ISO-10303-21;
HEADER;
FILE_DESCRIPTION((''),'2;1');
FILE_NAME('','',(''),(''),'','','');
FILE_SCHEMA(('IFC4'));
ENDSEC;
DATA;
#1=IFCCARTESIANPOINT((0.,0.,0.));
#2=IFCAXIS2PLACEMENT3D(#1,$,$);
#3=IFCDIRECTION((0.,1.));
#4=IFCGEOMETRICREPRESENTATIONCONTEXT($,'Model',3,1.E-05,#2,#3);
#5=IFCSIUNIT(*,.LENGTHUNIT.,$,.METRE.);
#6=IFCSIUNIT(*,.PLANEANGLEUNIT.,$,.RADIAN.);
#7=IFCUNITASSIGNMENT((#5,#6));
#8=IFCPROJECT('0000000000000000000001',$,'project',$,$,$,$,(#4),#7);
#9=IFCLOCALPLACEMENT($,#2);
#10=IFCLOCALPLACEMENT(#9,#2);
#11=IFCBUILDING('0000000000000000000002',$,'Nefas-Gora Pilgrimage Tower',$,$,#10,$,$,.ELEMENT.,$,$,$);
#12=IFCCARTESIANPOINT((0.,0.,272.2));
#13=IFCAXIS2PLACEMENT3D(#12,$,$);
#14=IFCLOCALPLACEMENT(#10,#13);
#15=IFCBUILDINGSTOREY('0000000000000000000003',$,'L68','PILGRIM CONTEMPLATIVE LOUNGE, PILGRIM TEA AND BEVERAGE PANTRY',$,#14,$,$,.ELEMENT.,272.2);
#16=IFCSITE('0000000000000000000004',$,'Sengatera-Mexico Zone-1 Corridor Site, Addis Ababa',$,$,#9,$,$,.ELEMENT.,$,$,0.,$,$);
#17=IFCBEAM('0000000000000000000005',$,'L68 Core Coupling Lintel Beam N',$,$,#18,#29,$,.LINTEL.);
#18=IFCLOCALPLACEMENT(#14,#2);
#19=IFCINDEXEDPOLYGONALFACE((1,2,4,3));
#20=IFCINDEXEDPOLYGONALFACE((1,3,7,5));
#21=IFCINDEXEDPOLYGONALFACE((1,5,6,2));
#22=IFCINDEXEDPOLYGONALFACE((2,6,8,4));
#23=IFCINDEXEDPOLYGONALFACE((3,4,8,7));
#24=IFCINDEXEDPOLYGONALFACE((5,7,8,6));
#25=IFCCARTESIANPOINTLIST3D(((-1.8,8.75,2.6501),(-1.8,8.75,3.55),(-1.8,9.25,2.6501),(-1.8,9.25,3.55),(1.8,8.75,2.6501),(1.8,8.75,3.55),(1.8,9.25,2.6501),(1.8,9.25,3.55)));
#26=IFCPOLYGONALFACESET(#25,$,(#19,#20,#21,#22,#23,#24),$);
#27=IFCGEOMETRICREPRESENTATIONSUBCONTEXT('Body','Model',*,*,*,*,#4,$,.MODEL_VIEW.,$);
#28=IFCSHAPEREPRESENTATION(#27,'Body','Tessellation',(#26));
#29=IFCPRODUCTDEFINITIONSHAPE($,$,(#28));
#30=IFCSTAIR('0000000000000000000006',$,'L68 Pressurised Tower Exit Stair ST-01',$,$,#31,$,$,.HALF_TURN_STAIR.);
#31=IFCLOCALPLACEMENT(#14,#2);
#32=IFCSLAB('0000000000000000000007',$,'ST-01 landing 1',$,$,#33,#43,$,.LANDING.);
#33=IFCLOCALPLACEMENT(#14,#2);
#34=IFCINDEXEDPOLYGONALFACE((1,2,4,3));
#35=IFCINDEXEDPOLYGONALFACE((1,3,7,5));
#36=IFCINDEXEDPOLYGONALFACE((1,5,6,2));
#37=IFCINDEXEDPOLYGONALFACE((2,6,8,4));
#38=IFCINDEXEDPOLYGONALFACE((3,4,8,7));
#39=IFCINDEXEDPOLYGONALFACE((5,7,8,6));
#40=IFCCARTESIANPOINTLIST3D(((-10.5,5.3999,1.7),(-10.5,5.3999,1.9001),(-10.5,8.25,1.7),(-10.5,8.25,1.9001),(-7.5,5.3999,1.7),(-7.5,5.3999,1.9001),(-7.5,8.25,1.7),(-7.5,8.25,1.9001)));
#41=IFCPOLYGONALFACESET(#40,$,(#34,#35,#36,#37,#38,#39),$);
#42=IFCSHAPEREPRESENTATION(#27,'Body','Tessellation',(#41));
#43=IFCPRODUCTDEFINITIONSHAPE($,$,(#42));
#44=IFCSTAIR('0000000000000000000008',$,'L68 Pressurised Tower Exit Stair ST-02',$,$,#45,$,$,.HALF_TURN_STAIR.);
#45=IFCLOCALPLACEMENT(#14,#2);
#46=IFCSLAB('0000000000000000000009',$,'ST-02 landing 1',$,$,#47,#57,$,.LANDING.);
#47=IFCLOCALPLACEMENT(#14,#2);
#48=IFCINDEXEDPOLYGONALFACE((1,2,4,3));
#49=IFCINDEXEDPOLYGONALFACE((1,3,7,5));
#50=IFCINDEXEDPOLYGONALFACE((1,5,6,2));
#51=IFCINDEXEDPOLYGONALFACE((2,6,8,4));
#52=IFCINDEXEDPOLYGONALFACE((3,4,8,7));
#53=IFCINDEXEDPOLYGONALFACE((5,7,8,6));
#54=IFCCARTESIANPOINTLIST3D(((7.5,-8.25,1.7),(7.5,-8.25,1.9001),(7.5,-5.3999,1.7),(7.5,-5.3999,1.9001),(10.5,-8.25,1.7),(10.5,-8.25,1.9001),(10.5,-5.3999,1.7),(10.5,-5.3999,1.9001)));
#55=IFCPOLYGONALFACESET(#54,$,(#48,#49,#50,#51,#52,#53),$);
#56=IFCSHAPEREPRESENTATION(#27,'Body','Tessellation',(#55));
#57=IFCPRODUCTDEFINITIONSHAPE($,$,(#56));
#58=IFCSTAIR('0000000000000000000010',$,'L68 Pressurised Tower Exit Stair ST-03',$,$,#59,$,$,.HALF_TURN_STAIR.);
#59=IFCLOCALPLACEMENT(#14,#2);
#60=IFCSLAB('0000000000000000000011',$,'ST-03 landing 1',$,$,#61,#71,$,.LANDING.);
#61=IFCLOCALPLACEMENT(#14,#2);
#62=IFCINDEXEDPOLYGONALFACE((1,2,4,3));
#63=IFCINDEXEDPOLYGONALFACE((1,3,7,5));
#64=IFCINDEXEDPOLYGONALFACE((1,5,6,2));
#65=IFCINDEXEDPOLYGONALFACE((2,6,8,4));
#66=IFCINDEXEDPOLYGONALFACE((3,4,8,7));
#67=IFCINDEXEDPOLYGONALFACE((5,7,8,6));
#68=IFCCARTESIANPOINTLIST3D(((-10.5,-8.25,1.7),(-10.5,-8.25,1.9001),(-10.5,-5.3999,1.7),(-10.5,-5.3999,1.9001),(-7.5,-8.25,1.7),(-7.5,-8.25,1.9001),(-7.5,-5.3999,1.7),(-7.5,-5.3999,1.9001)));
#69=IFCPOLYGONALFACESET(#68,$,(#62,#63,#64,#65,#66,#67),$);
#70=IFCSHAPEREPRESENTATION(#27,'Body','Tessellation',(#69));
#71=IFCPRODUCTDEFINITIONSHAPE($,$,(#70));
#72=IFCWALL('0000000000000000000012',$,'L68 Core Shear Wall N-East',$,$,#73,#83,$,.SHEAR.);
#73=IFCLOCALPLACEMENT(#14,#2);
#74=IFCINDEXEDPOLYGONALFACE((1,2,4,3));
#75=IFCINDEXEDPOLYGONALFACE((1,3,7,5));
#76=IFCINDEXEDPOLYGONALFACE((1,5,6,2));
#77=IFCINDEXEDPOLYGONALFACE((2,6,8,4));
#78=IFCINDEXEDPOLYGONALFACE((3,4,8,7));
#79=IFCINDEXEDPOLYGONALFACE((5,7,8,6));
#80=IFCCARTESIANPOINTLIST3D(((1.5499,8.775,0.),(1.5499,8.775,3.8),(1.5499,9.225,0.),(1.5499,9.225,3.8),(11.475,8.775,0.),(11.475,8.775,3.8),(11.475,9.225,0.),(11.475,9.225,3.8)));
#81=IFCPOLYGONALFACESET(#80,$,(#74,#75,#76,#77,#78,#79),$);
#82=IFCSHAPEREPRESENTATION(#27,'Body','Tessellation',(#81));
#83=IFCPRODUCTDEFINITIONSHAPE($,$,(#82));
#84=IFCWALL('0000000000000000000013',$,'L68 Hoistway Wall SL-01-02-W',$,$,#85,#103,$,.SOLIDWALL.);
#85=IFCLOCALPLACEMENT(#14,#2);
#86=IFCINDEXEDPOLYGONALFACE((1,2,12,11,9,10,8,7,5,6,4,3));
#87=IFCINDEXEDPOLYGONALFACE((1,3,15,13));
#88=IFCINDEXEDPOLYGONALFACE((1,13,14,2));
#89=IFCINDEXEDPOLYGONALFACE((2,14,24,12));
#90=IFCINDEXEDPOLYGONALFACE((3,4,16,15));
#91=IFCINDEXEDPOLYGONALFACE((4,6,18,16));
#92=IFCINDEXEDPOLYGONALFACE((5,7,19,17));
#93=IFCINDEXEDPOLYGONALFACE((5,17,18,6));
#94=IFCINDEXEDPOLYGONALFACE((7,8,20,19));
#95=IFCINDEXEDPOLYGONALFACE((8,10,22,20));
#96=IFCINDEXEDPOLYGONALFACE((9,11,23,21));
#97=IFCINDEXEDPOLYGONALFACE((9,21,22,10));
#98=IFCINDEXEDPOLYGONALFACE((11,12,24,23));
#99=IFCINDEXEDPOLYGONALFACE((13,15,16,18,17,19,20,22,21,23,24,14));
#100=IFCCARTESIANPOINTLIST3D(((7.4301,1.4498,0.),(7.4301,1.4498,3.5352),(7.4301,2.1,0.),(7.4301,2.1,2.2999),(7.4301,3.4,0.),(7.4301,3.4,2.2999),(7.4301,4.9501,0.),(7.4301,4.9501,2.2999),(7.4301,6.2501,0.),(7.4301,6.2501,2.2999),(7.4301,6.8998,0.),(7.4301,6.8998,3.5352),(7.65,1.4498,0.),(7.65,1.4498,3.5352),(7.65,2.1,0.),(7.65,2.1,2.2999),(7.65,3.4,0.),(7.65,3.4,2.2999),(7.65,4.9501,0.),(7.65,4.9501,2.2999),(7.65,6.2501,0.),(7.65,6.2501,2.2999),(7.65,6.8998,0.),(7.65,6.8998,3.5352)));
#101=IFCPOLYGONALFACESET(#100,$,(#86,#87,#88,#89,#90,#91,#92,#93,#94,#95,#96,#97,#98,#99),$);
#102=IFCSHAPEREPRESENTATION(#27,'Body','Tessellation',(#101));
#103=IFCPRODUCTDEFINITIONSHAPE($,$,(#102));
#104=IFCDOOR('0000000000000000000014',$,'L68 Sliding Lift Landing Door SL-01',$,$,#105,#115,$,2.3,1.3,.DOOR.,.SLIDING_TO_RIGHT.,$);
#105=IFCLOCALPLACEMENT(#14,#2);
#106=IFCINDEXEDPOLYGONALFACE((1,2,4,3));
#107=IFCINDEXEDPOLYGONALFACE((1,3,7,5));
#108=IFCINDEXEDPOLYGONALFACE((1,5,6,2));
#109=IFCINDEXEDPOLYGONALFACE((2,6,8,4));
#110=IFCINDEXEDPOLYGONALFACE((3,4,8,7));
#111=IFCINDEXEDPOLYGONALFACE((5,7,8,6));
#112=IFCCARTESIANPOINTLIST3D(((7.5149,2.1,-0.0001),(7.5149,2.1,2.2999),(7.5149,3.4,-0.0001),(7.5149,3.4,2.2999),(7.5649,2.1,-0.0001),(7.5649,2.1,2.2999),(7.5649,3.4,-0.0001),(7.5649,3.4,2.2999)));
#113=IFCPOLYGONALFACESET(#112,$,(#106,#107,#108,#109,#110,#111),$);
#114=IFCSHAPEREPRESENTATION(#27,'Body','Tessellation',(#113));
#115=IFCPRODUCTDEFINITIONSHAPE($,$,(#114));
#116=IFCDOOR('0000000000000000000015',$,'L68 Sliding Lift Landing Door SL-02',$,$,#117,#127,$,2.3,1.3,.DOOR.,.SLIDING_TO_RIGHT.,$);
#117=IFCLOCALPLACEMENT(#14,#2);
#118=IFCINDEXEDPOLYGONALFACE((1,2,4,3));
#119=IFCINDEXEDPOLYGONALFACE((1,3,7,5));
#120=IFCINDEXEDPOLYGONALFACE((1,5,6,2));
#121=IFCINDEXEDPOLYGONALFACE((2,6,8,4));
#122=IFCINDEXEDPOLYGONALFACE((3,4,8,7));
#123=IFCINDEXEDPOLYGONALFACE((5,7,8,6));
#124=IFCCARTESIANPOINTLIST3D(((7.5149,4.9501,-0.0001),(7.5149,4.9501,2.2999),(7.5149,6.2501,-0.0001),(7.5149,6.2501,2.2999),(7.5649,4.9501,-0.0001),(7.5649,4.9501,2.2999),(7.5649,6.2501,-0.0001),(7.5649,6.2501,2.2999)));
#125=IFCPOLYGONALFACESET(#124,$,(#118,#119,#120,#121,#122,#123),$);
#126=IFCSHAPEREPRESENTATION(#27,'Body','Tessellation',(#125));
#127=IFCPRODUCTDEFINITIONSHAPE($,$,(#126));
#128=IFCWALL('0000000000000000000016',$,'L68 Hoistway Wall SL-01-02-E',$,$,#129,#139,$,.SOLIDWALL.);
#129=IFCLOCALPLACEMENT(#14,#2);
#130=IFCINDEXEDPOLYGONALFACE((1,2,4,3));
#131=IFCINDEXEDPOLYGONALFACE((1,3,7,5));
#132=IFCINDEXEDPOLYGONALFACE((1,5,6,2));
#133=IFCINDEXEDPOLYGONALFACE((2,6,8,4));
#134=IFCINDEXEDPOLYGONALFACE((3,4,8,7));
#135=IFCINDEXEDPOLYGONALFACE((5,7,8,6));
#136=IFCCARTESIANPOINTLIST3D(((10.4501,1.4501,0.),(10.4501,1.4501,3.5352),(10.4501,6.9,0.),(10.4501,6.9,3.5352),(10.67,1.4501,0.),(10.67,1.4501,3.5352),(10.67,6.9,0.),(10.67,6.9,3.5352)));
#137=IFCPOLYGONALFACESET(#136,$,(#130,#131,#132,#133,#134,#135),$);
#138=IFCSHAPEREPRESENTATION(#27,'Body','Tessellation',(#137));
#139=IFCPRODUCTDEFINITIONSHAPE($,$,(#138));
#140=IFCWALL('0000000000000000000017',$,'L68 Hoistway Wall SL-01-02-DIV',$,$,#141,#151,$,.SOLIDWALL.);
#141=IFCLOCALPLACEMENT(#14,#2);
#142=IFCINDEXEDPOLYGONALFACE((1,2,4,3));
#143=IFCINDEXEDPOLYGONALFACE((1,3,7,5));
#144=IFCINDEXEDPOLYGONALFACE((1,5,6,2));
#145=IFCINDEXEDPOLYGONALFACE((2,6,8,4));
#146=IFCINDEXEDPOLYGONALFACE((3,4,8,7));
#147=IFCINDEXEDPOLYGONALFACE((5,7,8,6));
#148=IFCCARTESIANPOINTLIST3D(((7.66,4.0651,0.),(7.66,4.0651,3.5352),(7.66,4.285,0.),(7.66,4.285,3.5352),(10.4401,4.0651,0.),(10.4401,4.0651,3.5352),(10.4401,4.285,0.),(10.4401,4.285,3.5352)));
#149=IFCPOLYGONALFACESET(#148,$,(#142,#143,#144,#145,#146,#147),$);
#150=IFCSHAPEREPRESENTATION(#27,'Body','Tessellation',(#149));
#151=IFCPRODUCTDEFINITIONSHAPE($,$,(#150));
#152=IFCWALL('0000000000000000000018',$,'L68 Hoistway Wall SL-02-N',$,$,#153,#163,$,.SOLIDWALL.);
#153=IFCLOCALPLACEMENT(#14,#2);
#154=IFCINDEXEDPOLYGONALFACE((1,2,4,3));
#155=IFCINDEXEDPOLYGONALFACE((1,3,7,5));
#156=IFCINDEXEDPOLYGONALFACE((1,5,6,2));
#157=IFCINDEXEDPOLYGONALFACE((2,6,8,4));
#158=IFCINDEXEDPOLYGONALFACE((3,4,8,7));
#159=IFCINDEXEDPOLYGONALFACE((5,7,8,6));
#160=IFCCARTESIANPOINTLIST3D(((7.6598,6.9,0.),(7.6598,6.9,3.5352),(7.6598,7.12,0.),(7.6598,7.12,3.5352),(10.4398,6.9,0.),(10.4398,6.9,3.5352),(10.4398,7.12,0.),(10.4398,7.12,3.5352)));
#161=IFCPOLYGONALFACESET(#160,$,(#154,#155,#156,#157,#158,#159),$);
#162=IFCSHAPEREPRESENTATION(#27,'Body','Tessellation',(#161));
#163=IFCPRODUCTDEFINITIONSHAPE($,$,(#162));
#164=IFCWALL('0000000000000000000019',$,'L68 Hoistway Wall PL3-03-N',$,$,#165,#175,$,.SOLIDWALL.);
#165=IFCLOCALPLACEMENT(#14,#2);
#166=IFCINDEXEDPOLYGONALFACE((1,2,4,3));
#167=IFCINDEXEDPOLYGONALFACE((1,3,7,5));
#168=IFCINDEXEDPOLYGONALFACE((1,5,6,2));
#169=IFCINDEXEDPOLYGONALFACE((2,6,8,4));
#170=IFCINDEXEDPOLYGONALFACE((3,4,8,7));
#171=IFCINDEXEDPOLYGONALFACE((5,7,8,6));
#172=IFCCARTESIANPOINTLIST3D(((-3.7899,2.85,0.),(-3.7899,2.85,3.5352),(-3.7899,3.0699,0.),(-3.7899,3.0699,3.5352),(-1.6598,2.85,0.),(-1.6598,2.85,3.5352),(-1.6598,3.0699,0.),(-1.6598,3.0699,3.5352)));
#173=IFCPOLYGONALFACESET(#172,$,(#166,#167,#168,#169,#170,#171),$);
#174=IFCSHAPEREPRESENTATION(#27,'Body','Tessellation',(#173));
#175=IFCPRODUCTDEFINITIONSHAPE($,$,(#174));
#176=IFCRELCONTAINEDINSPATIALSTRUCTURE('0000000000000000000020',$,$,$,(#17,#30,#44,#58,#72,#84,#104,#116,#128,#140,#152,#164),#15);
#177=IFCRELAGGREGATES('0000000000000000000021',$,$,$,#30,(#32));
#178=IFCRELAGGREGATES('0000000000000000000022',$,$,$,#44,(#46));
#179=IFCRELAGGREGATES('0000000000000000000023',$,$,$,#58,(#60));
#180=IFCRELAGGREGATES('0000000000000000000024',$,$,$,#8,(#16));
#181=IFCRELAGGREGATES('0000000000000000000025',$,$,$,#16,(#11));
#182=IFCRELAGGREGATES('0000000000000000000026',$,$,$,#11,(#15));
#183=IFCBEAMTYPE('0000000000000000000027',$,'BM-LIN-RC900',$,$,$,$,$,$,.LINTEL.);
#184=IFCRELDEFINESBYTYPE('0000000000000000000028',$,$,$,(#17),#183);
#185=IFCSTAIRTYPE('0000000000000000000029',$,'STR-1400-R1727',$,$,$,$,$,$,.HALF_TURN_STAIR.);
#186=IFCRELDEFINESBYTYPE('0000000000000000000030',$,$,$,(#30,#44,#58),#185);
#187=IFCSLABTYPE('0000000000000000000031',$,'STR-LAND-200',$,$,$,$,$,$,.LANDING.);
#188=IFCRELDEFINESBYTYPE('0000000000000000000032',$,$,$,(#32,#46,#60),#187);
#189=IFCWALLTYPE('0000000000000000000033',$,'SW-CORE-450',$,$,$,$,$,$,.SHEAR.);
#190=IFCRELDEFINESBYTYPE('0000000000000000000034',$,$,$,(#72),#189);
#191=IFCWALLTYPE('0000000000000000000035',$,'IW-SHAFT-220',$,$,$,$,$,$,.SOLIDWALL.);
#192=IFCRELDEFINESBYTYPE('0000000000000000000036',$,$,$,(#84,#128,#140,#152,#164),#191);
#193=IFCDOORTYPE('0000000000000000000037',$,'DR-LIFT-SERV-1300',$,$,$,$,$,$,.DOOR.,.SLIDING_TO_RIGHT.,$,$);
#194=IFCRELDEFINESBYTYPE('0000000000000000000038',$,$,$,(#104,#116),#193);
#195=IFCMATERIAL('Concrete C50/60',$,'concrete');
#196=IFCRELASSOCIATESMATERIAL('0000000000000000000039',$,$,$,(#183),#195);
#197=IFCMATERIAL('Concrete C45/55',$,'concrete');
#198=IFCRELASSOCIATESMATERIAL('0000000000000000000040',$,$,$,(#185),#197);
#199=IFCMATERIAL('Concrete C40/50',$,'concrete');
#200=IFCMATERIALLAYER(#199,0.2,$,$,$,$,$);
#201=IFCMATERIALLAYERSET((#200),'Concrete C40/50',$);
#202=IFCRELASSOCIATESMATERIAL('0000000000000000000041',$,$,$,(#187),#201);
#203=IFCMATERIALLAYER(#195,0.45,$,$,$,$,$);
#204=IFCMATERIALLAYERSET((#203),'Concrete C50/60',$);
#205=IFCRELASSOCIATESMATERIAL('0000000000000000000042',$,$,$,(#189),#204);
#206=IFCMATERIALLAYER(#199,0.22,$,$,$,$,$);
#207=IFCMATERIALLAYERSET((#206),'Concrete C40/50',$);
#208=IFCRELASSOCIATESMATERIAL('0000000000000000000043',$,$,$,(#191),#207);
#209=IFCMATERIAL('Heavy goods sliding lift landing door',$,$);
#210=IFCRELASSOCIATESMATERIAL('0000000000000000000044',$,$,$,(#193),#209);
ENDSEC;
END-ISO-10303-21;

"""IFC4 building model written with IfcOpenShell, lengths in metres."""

from ifc_helpers import new_model, si_unit, direction, frame, frame_2d, origin, origin_2d, place, context, subcontext, project, spatial, polyline, rectangle, outline, extrude, source, transform, mapped, material, layer, layer_set, material_profile, profile_set, type_object, element, fill, aggregate, save


model = new_model("IFC4")

# Units and contexts
model_context = context("Model", 3, precision=1e-05, world=origin(), true_north=direction((0.0, 1.0)))
body_context = subcontext(model_context, "Body", "Model", "MODEL_VIEW")
ifc_project = project(units=[si_unit("LENGTHUNIT", "METRE"), si_unit("PLANEANGLEUNIT", "RADIAN")], contexts=[model_context])

# Site, building, storey
site_placement = place(None, origin())
site = spatial("IfcSite", under=ifc_project, at=site_placement, Name="Sengatera-Mexico Zone-1 Corridor Site, Addis Ababa", CompositionType="ELEMENT", RefElevation=0.0)
building_placement = place(site_placement, origin())
building = spatial("IfcBuilding", under=site, at=building_placement, Name="Nefas-Gora Pilgrimage Tower", CompositionType="ELEMENT")
storey_placement = place(building_placement, frame((0.0, 0.0, 272.2)))
storey = spatial("IfcBuildingStorey", under=building, at=storey_placement, Name="L68", Description="PILGRIM CONTEMPLATIVE LOUNGE, PILGRIM TEA AND BEVERAGE PANTRY", CompositionType="ELEMENT", Elevation=272.2)

# Beam
ifc_material_1 = material(Name="Concrete C50/60", Category="concrete")
ifc_material_profile = material_profile(ifc_material_1, rectangle(XDim=0.5, YDim=0.8999, at=origin_2d()), Name="RC 500x900")
ifc_profile_set = profile_set([ifc_material_profile], Name="Concrete C50/60")
beam_type = type_object("IfcBeamType", Name="BM-LIN-RC900", PredefinedType="LINTEL", material=ifc_profile_set)
shared_shape_1 = source(origin(), body_context, "Body", "SweptSolid", [
    extrude(rectangle(XDim=0.5, YDim=0.8999, at=origin_2d()), origin(), (0.0, 0.0, 1.0), 3.6001),
])
beam_placement = place(storey_placement, frame((-1.8, 9.0, 3.1001), z_axis=(1.0, 0.0, 0.0), x_axis=(0.0, 1.0, 0.0)))
element("IfcBeam", 1, at=beam_placement, inside=storey, type_object=beam_type, Name="L68 Core Coupling Lintel Beam N", PredefinedType="LINTEL", context=body_context, shape_type="MappedRepresentation", body=[
    mapped(shared_shape_1, transform((0.0, 0.0, 0.0), x_axis=(1.0, 0.0, 0.0), y_axis=(0.0, 1.0, 0.0), z_axis=(0.0, 0.0, 1.0), scale=1.0)),
])

# Stairs, slabs
ifc_material_2 = material(Name="Concrete C45/55", Category="concrete")
stair_type = type_object("IfcStairType", Name="STR-1400-R1727", PredefinedType="HALF_TURN_STAIR", material=ifc_material_2)
stair_1_placement = place(storey_placement, origin())
stair_1 = element("IfcStair", 2, at=stair_1_placement, inside=storey, type_object=stair_type, Name="L68 Pressurised Tower Exit Stair ST-01", PredefinedType="HALF_TURN_STAIR")
ifc_material_3 = material(Name="Concrete C40/50", Category="concrete")
ifc_layer_1 = layer(ifc_material_3, 0.2)
ifc_layer_set_1 = layer_set([ifc_layer_1], Name="Concrete C40/50")
slab_type = type_object("IfcSlabType", Name="STR-LAND-200", PredefinedType="LANDING", material=ifc_layer_set_1)
slab_1_placement = place(storey_placement, frame((0.0, 0.0, 1.7)))
slab_1 = element("IfcSlab", 3, at=slab_1_placement, type_object=slab_type, Name="ST-01 landing 1", PredefinedType="LANDING", context=body_context, shape_type="SweptSolid", body=[
    extrude(outline(polyline([(-7.5, 5.3999), (-7.5, 8.25), (-10.5, 8.25), (-10.5, 5.3999), (-7.5, 5.3999)])), origin(), (0.0, 0.0, 1.0), 0.2002),
])
aggregate(stair_1, [slab_1])
stair_2_placement = place(storey_placement, origin())
stair_2 = element("IfcStair", 4, at=stair_2_placement, inside=storey, type_object=stair_type, Name="L68 Pressurised Tower Exit Stair ST-02", PredefinedType="HALF_TURN_STAIR")
slab_2_placement = place(storey_placement, frame((0.0, 0.0, 1.7)))
slab_2 = element("IfcSlab", 5, at=slab_2_placement, type_object=slab_type, Name="ST-02 landing 1", PredefinedType="LANDING", context=body_context, shape_type="SweptSolid", body=[
    extrude(outline(polyline([(7.5, -5.3999), (7.5, -8.25), (10.5, -8.25), (10.5, -5.3999), (7.5, -5.3999)])), origin(), (0.0, 0.0, 1.0), 0.2002),
])
aggregate(stair_2, [slab_2])
stair_3_placement = place(storey_placement, origin())
stair_3 = element("IfcStair", 6, at=stair_3_placement, inside=storey, type_object=stair_type, Name="L68 Pressurised Tower Exit Stair ST-03", PredefinedType="HALF_TURN_STAIR")
slab_3_placement = place(storey_placement, frame((0.0, 0.0, 1.7)))
slab_3 = element("IfcSlab", 7, at=slab_3_placement, type_object=slab_type, Name="ST-03 landing 1", PredefinedType="LANDING", context=body_context, shape_type="SweptSolid", body=[
    extrude(outline(polyline([(-10.5, -5.3999), (-10.5, -8.25), (-7.5, -8.25), (-7.5, -5.3999), (-10.5, -5.3999)])), origin(), (0.0, 0.0, 1.0), 0.2002),
])
aggregate(stair_3, [slab_3])

# Wall
ifc_layer_2 = layer(ifc_material_1, 0.45)
ifc_layer_set_2 = layer_set([ifc_layer_2], Name="Concrete C50/60")
wall_type_1 = type_object("IfcWallType", Name="SW-CORE-450", PredefinedType="SHEAR", material=ifc_layer_set_2)
shared_shape_2 = source(origin(), body_context, "Body", "SweptSolid", [
    extrude(rectangle(XDim=9.925, YDim=0.45, at=frame_2d((4.9624, 0.0))), origin(), (0.0, 0.0, 1.0), 3.8),
])
wall_1_placement = place(storey_placement, frame((1.55, 9.0, 0.0), z_axis=(0.0, 0.0, 1.0), x_axis=(1.0, 0.0, 0.0)))
element("IfcWall", 8, at=wall_1_placement, inside=storey, type_object=wall_type_1, Name="L68 Core Shear Wall N-East", PredefinedType="SHEAR", context=body_context, shape_type="MappedRepresentation", body=[
    mapped(shared_shape_2, transform((0.0, 0.0, 0.0), x_axis=(1.0, 0.0, 0.0), y_axis=(0.0, 1.0, 0.0), z_axis=(0.0, 0.0, 1.0), scale=1.0)),
])

# Wall, openings, doors
ifc_layer_3 = layer(ifc_material_3, 0.22)
ifc_layer_set_3 = layer_set([ifc_layer_3], Name="Concrete C40/50")
wall_type_2 = type_object("IfcWallType", Name="IW-SHAFT-220", PredefinedType="SOLIDWALL", material=ifc_layer_set_3)
shared_shape_3 = source(origin(), body_context, "Body", "SweptSolid", [
    extrude(rectangle(XDim=5.45, YDim=0.22, at=frame_2d((2.7251, 0.0))), origin(), (0.0, 0.0, 1.0), 3.5352),
])
wall_2_placement = place(storey_placement, frame((7.54, 6.8999, 0.0), z_axis=(0.0, 0.0, 1.0), x_axis=(0.0, -1.0, 0.0)))
wall_2 = element("IfcWall", 9, at=wall_2_placement, inside=storey, type_object=wall_type_2, Name="L68 Hoistway Wall SL-01-02-W", PredefinedType="SOLIDWALL", context=body_context, shape_type="MappedRepresentation", body=[
    mapped(shared_shape_3, transform((0.0, 0.0, 0.0), x_axis=(1.0, 0.0, 0.0), y_axis=(0.0, 1.0, 0.0), z_axis=(0.0, 0.0, 1.0), scale=1.0)),
])
opening_1_placement = place(wall_2_placement, frame((3.5, 0.0, 0.0)))
opening_1 = element("IfcOpeningElement", 10, at=opening_1_placement, cuts=wall_2, PredefinedType="OPENING", context=body_context, shape_type="SweptSolid", body=[
    extrude(rectangle(XDim=1.3, YDim=2.3, at=frame_2d((0.6499, 1.1499))), frame((0.0, 0.1199, 0.0), z_axis=(0.0, -1.0, 0.0), x_axis=(1.0, 0.0, 0.0)), (0.0, 0.0, 1.0), 0.24),
])
opening_2_placement = place(wall_2_placement, frame((0.6499, 0.0, 0.0)))
opening_2 = element("IfcOpeningElement", 11, at=opening_2_placement, cuts=wall_2, PredefinedType="OPENING", context=body_context, shape_type="SweptSolid", body=[
    extrude(rectangle(XDim=1.3, YDim=2.3, at=frame_2d((0.6499, 1.1499))), frame((0.0, 0.1199, 0.0), z_axis=(0.0, -1.0, 0.0), x_axis=(1.0, 0.0, 0.0)), (0.0, 0.0, 1.0), 0.24),
])
ifc_material_4 = material(Name="Heavy goods sliding lift landing door")
door_type_1 = type_object("IfcDoorType", Name="DR-LIFT-SERV-1300", OperationType="SLIDING_TO_RIGHT", PredefinedType="DOOR", material=ifc_material_4)
shared_shape_4 = source(origin(), body_context, "Body", "SweptSolid", [
    extrude(rectangle(XDim=1.3, YDim=2.3, at=frame_2d((0.6499, 1.1499))), frame((0.0, 0.0249, 0.0), z_axis=(0.0, -1.0, 0.0), x_axis=(1.0, 0.0, 0.0)), (0.0, 0.0, 1.0), 0.05),
])
door_1_placement = place(opening_1_placement, origin())
door_1 = element("IfcDoor", 12, at=door_1_placement, inside=storey, type_object=door_type_1, Name="L68 Sliding Lift Landing Door SL-01", OperationType="SLIDING_TO_RIGHT", OverallHeight=2.3, OverallWidth=1.3, PredefinedType="DOOR", context=body_context, shape_type="MappedRepresentation", body=[
    mapped(shared_shape_4, transform((0.0, 0.0, 0.0), x_axis=(1.0, 0.0, 0.0), y_axis=(0.0, 1.0, 0.0), z_axis=(0.0, 0.0, 1.0), scale=1.0)),
])
fill(opening_1, door_1)
door_2_placement = place(opening_2_placement, origin())
door_2 = element("IfcDoor", 13, at=door_2_placement, inside=storey, type_object=door_type_1, Name="L68 Sliding Lift Landing Door SL-02", OperationType="SLIDING_TO_RIGHT", OverallHeight=2.3, OverallWidth=1.3, PredefinedType="DOOR", context=body_context, shape_type="MappedRepresentation", body=[
    mapped(shared_shape_4, transform((0.0, 0.0, 0.0), x_axis=(1.0, 0.0, 0.0), y_axis=(0.0, 1.0, 0.0), z_axis=(0.0, 0.0, 1.0), scale=1.0)),
])
fill(opening_2, door_2)

# Walls
wall_3_placement = place(storey_placement, frame((10.5601, 1.45, 0.0), z_axis=(0.0, 0.0, 1.0), x_axis=(0.0, 1.0, 0.0)))
element("IfcWall", 14, at=wall_3_placement, inside=storey, type_object=wall_type_2, Name="L68 Hoistway Wall SL-01-02-E", PredefinedType="SOLIDWALL", context=body_context, shape_type="MappedRepresentation", body=[
    mapped(shared_shape_3, transform((0.0, 0.0, 0.0), x_axis=(1.0, 0.0, 0.0), y_axis=(0.0, 1.0, 0.0), z_axis=(0.0, 0.0, 1.0), scale=1.0)),
])
shared_shape_5 = source(origin(), body_context, "Body", "SweptSolid", [
    extrude(rectangle(XDim=2.78, YDim=0.22, at=frame_2d((1.3901, 0.0))), origin(), (0.0, 0.0, 1.0), 3.5352),
])
for number, where, z_axis, x_axis, name in (
    (15, (7.6599, 4.175, 0.0), (0.0, 0.0, 1.0), (1.0, 0.0, 0.0), "L68 Hoistway Wall SL-01-02-DIV"),
    (16, (10.4399, 7.01, 0.0), (0.0, 0.0, 1.0), (-1.0, 0.0, 0.0), "L68 Hoistway Wall SL-02-N"),
):
    element("IfcWall", number, at=place(storey_placement, frame(where, z_axis=z_axis, x_axis=x_axis)), inside=storey, type_object=wall_type_2, Name=name, PredefinedType="SOLIDWALL", context=body_context, shape_type="MappedRepresentation", body=[
        mapped(shared_shape_5, transform((0.0, 0.0, 0.0), x_axis=(1.0, 0.0, 0.0), y_axis=(0.0, 1.0, 0.0), z_axis=(0.0, 0.0, 1.0), scale=1.0)),
    ])
shared_shape_6 = source(origin(), body_context, "Body", "SweptSolid", [
    extrude(rectangle(XDim=2.1301, YDim=0.22, at=frame_2d((1.0649, 0.0))), origin(), (0.0, 0.0, 1.0), 3.5352),
])
for number, where, z_axis, x_axis, name in (
    (17, (-1.6599, 2.96, 0.0), (0.0, 0.0, 1.0), (-1.0, 0.0, 0.0), "L68 Hoistway Wall PL3-03-N"),
):
    element("IfcWall", number, at=place(storey_placement, frame(where, z_axis=z_axis, x_axis=x_axis)), inside=storey, type_object=wall_type_2, Name=name, PredefinedType="SOLIDWALL", context=body_context, shape_type="MappedRepresentation", body=[
        mapped(shared_shape_6, transform((0.0, 0.0, 0.0), x_axis=(1.0, 0.0, 0.0), y_axis=(0.0, 1.0, 0.0), z_axis=(0.0, 0.0, 1.0), scale=1.0)),
    ])

save(model, "model.ifc")
